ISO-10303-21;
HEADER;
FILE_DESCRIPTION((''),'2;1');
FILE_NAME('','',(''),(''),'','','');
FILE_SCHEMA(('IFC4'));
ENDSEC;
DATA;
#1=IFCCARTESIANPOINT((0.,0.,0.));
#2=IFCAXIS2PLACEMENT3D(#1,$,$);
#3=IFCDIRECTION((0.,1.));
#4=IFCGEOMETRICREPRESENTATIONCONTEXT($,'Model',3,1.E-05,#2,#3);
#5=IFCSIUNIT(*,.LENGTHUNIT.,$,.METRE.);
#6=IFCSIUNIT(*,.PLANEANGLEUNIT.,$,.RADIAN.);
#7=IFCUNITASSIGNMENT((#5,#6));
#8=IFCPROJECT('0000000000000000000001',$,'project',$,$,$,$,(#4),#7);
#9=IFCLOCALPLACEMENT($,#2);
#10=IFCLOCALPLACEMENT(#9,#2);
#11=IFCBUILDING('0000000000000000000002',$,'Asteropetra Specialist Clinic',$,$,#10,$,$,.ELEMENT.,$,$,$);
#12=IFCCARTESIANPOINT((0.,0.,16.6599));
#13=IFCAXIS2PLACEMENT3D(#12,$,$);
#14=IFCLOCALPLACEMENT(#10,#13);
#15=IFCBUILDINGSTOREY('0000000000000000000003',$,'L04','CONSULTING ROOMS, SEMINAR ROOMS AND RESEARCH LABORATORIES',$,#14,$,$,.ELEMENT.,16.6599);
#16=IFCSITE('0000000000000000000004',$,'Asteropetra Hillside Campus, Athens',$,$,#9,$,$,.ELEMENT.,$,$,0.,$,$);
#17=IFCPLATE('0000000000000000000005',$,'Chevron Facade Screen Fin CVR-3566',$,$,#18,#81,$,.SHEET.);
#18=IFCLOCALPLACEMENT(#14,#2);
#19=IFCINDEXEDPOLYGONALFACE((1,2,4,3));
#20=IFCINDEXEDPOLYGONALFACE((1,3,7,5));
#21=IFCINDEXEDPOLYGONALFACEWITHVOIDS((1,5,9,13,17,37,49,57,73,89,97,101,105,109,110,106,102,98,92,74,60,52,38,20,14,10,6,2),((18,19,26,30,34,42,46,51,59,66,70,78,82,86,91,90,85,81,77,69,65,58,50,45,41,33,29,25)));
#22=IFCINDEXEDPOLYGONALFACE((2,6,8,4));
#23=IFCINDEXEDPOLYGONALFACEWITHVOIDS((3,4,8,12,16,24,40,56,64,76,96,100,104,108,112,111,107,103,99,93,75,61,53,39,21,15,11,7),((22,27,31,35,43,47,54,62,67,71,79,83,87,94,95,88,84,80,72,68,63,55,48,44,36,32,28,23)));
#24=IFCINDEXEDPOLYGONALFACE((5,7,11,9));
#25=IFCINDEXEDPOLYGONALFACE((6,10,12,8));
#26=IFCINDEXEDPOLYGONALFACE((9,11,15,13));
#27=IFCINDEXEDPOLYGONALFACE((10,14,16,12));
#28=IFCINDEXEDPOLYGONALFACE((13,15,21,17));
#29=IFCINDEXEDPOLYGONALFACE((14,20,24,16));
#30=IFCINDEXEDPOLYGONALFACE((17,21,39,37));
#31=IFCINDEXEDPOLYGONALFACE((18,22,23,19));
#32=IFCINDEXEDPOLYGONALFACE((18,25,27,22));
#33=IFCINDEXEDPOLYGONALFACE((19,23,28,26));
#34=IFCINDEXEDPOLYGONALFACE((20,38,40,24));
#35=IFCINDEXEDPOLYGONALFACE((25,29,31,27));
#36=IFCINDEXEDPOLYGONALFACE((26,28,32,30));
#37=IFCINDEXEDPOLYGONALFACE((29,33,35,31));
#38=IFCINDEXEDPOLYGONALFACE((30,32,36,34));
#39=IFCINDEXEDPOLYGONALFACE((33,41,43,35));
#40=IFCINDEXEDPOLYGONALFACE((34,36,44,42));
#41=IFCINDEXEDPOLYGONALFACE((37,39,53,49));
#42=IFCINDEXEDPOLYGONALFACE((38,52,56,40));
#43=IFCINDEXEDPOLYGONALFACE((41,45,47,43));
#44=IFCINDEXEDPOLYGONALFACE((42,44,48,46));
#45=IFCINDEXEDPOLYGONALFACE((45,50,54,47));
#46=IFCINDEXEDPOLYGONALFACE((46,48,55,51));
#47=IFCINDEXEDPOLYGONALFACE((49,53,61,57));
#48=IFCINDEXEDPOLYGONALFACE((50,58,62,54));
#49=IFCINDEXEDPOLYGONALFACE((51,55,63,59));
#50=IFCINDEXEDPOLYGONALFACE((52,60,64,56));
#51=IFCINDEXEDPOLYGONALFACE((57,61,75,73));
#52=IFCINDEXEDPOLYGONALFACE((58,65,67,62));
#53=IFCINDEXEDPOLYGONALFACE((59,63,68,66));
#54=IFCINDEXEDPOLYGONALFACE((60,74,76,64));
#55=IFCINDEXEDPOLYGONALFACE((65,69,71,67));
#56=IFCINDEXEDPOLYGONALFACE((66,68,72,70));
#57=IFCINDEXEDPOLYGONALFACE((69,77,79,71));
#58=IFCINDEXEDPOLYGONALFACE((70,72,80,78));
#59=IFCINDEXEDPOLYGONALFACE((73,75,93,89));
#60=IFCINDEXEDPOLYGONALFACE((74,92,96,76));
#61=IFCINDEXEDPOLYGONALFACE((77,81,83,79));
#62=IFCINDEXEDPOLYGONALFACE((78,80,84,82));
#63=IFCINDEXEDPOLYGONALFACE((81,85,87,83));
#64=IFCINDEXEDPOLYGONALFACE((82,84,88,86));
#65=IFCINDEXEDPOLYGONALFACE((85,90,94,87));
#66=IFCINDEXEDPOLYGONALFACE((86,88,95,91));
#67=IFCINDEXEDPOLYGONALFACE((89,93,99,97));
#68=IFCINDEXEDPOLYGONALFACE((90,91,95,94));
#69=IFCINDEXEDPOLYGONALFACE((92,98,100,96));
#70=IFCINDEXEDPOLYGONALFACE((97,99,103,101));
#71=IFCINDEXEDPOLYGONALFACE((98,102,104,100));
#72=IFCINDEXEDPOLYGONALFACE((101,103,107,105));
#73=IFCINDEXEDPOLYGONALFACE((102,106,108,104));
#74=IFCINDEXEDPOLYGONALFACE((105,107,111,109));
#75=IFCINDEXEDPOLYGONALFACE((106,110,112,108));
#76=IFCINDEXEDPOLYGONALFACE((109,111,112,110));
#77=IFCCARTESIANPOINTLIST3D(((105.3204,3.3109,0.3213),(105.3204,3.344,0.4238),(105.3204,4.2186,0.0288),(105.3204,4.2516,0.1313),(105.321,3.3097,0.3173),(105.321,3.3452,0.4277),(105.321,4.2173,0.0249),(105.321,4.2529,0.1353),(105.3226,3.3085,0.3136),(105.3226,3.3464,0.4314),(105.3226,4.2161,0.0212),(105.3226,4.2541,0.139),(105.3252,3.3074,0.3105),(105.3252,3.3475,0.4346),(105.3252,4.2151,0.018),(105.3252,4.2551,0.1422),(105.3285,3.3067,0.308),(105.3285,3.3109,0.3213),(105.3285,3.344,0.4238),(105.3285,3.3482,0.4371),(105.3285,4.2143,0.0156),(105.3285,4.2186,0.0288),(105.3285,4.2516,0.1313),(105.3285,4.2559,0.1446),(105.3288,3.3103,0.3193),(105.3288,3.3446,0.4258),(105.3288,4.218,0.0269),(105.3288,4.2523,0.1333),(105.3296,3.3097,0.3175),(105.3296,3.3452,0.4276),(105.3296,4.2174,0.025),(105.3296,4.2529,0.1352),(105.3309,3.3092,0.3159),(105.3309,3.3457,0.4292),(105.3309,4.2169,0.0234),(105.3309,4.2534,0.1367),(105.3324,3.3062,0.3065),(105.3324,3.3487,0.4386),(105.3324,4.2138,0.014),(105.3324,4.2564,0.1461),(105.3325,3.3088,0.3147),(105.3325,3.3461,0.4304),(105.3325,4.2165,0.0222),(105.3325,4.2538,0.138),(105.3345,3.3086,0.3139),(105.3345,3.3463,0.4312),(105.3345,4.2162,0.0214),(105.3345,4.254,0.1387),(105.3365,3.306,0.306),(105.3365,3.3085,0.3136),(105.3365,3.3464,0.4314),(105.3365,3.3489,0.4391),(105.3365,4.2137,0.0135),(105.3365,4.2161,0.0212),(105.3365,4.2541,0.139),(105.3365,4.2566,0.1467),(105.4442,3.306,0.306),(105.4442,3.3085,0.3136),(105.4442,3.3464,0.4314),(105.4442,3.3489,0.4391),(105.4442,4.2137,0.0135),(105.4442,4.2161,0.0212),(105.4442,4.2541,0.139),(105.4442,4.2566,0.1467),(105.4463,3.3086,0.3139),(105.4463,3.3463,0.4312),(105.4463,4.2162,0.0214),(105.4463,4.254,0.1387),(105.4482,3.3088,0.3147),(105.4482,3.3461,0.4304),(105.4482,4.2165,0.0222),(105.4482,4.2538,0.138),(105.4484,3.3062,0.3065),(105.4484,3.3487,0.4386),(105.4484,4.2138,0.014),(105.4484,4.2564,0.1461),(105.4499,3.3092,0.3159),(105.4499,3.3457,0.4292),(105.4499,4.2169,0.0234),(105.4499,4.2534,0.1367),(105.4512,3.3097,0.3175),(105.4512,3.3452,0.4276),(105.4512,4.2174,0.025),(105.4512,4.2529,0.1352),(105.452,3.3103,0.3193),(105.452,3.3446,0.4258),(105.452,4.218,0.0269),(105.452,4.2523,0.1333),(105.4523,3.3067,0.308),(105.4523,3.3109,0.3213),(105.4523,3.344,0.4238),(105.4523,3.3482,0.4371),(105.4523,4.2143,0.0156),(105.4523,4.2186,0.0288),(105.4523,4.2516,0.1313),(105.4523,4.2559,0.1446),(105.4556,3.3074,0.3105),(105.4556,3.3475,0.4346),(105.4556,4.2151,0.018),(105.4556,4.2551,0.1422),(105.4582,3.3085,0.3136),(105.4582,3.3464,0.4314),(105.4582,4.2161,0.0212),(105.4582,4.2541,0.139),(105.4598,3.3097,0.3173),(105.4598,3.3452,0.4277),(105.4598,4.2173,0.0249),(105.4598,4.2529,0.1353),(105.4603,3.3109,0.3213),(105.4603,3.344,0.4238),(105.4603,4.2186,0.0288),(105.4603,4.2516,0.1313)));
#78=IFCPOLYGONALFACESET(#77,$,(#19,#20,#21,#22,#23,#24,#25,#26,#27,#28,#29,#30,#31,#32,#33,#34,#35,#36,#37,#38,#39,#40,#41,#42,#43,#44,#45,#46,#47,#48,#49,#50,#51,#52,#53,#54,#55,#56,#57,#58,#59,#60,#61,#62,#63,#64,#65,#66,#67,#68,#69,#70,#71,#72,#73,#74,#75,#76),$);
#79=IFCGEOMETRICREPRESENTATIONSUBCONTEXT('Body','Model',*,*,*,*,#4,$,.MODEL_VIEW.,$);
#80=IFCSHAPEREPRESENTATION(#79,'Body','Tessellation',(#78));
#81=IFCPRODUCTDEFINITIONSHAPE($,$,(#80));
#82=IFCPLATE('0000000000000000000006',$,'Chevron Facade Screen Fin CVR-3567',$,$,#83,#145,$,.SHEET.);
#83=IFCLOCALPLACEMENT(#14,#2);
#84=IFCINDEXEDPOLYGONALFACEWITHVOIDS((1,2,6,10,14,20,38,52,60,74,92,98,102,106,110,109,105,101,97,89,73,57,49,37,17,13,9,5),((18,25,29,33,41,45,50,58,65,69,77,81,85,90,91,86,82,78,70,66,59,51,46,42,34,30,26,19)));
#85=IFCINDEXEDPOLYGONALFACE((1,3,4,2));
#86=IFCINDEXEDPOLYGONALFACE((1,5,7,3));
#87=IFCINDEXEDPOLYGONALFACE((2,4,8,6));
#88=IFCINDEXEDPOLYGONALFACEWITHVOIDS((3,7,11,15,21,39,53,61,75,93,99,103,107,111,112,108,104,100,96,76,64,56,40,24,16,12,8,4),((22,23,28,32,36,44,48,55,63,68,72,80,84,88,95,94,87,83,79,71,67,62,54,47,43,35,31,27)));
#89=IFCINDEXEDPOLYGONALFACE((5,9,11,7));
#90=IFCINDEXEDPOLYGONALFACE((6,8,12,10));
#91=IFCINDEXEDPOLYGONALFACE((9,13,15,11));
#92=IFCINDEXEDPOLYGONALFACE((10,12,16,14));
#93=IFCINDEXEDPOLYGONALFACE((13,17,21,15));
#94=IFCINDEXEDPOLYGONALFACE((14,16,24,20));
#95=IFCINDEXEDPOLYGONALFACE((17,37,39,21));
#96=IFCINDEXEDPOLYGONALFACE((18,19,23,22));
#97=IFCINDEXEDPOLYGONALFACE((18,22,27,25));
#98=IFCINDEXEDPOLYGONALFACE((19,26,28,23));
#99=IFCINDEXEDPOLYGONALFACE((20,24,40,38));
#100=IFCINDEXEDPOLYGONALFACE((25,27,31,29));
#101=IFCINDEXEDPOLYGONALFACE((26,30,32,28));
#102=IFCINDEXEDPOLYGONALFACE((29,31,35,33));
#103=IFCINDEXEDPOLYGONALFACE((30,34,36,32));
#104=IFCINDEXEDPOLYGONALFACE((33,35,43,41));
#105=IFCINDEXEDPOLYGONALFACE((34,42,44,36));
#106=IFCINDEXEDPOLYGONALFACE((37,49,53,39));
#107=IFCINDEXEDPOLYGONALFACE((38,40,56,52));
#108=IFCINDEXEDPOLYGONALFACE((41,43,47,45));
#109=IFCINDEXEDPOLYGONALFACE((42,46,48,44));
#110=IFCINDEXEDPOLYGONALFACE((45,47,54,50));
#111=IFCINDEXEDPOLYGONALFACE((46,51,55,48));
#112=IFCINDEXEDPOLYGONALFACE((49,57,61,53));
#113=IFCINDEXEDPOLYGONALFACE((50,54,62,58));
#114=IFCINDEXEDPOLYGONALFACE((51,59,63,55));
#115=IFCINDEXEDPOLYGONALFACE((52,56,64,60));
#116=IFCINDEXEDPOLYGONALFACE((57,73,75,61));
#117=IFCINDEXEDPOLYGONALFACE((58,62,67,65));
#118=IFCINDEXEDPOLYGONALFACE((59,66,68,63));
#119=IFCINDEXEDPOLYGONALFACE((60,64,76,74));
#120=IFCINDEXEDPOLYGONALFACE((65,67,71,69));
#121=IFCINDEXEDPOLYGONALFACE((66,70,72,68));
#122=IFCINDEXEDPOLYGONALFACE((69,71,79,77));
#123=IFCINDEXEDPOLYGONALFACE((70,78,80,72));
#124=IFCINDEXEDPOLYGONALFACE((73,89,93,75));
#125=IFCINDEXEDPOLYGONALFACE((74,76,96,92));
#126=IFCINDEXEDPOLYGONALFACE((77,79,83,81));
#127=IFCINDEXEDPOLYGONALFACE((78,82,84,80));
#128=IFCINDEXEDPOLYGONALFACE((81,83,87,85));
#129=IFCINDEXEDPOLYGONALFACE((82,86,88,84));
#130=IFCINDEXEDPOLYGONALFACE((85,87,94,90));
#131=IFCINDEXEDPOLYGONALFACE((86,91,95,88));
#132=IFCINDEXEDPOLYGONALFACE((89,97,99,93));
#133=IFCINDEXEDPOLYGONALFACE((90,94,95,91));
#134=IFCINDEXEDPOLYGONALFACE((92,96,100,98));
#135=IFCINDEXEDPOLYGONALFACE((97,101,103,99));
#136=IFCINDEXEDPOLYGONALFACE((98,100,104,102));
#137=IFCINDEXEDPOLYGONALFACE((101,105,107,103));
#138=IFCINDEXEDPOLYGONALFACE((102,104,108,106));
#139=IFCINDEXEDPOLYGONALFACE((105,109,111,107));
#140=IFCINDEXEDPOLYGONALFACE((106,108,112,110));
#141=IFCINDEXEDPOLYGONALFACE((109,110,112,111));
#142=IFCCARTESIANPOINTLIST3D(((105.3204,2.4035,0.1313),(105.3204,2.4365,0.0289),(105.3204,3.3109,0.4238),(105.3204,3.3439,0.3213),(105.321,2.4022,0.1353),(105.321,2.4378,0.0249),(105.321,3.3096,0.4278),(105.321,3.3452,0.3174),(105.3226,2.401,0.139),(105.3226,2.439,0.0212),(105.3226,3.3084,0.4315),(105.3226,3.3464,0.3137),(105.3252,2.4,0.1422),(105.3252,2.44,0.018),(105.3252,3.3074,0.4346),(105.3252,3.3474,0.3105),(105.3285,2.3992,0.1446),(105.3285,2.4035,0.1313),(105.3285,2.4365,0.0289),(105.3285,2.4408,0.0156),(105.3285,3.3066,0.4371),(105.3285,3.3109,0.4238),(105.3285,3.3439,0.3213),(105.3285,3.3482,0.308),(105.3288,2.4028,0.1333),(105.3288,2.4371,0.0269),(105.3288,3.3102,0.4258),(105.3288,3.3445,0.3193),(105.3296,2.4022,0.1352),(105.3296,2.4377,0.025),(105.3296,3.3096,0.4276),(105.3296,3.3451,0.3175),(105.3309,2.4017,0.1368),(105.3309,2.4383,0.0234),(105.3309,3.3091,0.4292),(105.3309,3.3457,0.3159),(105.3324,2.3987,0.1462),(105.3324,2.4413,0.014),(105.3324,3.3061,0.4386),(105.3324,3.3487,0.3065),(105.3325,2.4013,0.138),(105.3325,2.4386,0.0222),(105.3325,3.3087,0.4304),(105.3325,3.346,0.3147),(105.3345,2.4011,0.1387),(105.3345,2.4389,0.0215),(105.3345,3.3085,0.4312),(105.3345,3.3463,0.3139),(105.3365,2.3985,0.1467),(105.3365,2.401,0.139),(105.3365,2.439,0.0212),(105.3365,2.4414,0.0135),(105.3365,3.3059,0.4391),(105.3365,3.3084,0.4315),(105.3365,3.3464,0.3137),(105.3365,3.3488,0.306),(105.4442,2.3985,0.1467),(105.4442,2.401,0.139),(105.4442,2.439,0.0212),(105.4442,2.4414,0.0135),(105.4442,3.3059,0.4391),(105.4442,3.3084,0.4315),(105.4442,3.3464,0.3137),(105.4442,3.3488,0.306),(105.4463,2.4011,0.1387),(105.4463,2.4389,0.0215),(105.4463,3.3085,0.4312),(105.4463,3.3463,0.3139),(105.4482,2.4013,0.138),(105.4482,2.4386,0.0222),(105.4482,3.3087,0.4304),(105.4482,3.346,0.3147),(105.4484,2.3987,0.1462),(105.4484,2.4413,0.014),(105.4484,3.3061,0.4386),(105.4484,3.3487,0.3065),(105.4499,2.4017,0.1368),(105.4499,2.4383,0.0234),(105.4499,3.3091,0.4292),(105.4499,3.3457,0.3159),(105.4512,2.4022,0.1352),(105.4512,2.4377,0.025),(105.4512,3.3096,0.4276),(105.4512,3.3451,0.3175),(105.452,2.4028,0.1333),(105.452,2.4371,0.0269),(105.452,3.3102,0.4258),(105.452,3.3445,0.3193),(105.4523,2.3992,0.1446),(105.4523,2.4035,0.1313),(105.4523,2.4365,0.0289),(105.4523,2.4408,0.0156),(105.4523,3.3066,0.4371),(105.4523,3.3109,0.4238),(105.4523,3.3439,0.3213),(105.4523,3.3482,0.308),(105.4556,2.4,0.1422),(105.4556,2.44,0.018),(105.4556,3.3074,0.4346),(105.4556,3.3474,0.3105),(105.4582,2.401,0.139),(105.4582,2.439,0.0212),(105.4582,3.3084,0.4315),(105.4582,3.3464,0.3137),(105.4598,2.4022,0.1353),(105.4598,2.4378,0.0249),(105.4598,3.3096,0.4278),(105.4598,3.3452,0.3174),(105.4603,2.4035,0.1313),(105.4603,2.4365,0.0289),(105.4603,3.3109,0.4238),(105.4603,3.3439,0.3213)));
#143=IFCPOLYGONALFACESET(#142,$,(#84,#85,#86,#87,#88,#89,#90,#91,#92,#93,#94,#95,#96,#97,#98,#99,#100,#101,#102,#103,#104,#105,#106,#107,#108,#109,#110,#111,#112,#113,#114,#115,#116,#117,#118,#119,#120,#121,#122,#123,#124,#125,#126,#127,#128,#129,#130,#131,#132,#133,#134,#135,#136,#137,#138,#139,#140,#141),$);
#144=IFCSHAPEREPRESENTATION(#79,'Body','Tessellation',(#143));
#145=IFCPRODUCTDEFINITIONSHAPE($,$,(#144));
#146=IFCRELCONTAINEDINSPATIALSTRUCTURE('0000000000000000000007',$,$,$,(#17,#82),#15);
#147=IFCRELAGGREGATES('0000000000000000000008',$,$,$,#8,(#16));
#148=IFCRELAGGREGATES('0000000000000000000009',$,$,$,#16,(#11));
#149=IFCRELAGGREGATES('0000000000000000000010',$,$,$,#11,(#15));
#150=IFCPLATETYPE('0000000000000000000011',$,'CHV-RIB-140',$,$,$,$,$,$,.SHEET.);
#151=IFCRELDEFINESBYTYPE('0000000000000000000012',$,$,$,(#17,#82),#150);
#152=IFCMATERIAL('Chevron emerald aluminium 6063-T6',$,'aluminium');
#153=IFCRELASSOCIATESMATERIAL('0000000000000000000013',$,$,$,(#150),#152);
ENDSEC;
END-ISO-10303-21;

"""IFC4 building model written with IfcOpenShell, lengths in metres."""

from ifc_helpers import new_model, si_unit, direction, frame, origin, origin_2d, place, context, subcontext, project, spatial, hollow_rectangle, extrude, material, material_profile, profile_set, type_object, element, save


model = new_model("IFC4")

# Units and contexts
model_context = context("Model", 3, precision=1e-05, world=origin(), true_north=direction((0.0, 1.0)))
body_context = subcontext(model_context, "Body", "Model", "MODEL_VIEW")
ifc_project = project(units=[si_unit("LENGTHUNIT", "METRE"), si_unit("PLANEANGLEUNIT", "RADIAN")], contexts=[model_context])

# Site, building, storey
site_placement = place(None, origin())
site = spatial("IfcSite", under=ifc_project, at=site_placement, Name="Asteropetra Hillside Campus, Athens", CompositionType="ELEMENT", RefElevation=0.0)
building_placement = place(site_placement, origin())
building = spatial("IfcBuilding", under=site, at=building_placement, Name="Asteropetra Specialist Clinic", CompositionType="ELEMENT")
storey_placement = place(building_placement, frame((0.0, 0.0, 16.6599)))
storey = spatial("IfcBuildingStorey", under=building, at=storey_placement, Name="L04", Description="CONSULTING ROOMS, SEMINAR ROOMS AND RESEARCH LABORATORIES", CompositionType="ELEMENT", Elevation=16.6599)

# Plates
ifc_material_1 = material(Name="Chevron emerald aluminium 6063-T6", Category="aluminium")
ifc_material_profile = material_profile(ifc_material_1, hollow_rectangle(XDim=0.1399, YDim=0.1399, WallThickness=0.0081, InnerFilletRadius=0.0081, OuterFilletRadius=0.0161, at=origin_2d()), Name="SHS 140x140x8.0")
ifc_profile_set = profile_set([ifc_material_profile], Name="Chevron emerald aluminium 6063-T6")
plate_type = type_object("IfcPlateType", Name="CHV-RIB-140", PredefinedType="SHEET", material=ifc_profile_set)
plate_1_placement = place(storey_placement, frame((105.3904, 4.2351, 0.0801), z_axis=(0.0, -0.95181, 0.306689), x_axis=(1.0, 0.0, 0.0)))
element("IfcPlate", 1, at=plate_1_placement, inside=storey, type_object=plate_type, Name="Chevron Facade Screen Fin CVR-3566", PredefinedType="SHEET", context=body_context, shape_type="SweptSolid", body=[
    extrude(hollow_rectangle(XDim=0.1399, YDim=0.1399, WallThickness=0.0081, InnerFilletRadius=0.0081, OuterFilletRadius=0.0161, at=origin_2d()), origin(), (0.0, 0.0, 1.0), 0.9536),
])
plate_2_placement = place(storey_placement, frame((105.3904, 3.3274, 0.3726), z_axis=(0.0, -0.951786, -0.306763), x_axis=(1.0, 0.0, 0.0)))
element("IfcPlate", 2, at=plate_2_placement, inside=storey, type_object=plate_type, Name="Chevron Facade Screen Fin CVR-3567", PredefinedType="SHEET", context=body_context, shape_type="SweptSolid", body=[
    extrude(hollow_rectangle(XDim=0.1399, YDim=0.1399, WallThickness=0.0081, InnerFilletRadius=0.0081, OuterFilletRadius=0.0161, at=origin_2d()), origin(), (0.0, 0.0, 1.0), 0.9534),
])

save(model, "model.ifc")
